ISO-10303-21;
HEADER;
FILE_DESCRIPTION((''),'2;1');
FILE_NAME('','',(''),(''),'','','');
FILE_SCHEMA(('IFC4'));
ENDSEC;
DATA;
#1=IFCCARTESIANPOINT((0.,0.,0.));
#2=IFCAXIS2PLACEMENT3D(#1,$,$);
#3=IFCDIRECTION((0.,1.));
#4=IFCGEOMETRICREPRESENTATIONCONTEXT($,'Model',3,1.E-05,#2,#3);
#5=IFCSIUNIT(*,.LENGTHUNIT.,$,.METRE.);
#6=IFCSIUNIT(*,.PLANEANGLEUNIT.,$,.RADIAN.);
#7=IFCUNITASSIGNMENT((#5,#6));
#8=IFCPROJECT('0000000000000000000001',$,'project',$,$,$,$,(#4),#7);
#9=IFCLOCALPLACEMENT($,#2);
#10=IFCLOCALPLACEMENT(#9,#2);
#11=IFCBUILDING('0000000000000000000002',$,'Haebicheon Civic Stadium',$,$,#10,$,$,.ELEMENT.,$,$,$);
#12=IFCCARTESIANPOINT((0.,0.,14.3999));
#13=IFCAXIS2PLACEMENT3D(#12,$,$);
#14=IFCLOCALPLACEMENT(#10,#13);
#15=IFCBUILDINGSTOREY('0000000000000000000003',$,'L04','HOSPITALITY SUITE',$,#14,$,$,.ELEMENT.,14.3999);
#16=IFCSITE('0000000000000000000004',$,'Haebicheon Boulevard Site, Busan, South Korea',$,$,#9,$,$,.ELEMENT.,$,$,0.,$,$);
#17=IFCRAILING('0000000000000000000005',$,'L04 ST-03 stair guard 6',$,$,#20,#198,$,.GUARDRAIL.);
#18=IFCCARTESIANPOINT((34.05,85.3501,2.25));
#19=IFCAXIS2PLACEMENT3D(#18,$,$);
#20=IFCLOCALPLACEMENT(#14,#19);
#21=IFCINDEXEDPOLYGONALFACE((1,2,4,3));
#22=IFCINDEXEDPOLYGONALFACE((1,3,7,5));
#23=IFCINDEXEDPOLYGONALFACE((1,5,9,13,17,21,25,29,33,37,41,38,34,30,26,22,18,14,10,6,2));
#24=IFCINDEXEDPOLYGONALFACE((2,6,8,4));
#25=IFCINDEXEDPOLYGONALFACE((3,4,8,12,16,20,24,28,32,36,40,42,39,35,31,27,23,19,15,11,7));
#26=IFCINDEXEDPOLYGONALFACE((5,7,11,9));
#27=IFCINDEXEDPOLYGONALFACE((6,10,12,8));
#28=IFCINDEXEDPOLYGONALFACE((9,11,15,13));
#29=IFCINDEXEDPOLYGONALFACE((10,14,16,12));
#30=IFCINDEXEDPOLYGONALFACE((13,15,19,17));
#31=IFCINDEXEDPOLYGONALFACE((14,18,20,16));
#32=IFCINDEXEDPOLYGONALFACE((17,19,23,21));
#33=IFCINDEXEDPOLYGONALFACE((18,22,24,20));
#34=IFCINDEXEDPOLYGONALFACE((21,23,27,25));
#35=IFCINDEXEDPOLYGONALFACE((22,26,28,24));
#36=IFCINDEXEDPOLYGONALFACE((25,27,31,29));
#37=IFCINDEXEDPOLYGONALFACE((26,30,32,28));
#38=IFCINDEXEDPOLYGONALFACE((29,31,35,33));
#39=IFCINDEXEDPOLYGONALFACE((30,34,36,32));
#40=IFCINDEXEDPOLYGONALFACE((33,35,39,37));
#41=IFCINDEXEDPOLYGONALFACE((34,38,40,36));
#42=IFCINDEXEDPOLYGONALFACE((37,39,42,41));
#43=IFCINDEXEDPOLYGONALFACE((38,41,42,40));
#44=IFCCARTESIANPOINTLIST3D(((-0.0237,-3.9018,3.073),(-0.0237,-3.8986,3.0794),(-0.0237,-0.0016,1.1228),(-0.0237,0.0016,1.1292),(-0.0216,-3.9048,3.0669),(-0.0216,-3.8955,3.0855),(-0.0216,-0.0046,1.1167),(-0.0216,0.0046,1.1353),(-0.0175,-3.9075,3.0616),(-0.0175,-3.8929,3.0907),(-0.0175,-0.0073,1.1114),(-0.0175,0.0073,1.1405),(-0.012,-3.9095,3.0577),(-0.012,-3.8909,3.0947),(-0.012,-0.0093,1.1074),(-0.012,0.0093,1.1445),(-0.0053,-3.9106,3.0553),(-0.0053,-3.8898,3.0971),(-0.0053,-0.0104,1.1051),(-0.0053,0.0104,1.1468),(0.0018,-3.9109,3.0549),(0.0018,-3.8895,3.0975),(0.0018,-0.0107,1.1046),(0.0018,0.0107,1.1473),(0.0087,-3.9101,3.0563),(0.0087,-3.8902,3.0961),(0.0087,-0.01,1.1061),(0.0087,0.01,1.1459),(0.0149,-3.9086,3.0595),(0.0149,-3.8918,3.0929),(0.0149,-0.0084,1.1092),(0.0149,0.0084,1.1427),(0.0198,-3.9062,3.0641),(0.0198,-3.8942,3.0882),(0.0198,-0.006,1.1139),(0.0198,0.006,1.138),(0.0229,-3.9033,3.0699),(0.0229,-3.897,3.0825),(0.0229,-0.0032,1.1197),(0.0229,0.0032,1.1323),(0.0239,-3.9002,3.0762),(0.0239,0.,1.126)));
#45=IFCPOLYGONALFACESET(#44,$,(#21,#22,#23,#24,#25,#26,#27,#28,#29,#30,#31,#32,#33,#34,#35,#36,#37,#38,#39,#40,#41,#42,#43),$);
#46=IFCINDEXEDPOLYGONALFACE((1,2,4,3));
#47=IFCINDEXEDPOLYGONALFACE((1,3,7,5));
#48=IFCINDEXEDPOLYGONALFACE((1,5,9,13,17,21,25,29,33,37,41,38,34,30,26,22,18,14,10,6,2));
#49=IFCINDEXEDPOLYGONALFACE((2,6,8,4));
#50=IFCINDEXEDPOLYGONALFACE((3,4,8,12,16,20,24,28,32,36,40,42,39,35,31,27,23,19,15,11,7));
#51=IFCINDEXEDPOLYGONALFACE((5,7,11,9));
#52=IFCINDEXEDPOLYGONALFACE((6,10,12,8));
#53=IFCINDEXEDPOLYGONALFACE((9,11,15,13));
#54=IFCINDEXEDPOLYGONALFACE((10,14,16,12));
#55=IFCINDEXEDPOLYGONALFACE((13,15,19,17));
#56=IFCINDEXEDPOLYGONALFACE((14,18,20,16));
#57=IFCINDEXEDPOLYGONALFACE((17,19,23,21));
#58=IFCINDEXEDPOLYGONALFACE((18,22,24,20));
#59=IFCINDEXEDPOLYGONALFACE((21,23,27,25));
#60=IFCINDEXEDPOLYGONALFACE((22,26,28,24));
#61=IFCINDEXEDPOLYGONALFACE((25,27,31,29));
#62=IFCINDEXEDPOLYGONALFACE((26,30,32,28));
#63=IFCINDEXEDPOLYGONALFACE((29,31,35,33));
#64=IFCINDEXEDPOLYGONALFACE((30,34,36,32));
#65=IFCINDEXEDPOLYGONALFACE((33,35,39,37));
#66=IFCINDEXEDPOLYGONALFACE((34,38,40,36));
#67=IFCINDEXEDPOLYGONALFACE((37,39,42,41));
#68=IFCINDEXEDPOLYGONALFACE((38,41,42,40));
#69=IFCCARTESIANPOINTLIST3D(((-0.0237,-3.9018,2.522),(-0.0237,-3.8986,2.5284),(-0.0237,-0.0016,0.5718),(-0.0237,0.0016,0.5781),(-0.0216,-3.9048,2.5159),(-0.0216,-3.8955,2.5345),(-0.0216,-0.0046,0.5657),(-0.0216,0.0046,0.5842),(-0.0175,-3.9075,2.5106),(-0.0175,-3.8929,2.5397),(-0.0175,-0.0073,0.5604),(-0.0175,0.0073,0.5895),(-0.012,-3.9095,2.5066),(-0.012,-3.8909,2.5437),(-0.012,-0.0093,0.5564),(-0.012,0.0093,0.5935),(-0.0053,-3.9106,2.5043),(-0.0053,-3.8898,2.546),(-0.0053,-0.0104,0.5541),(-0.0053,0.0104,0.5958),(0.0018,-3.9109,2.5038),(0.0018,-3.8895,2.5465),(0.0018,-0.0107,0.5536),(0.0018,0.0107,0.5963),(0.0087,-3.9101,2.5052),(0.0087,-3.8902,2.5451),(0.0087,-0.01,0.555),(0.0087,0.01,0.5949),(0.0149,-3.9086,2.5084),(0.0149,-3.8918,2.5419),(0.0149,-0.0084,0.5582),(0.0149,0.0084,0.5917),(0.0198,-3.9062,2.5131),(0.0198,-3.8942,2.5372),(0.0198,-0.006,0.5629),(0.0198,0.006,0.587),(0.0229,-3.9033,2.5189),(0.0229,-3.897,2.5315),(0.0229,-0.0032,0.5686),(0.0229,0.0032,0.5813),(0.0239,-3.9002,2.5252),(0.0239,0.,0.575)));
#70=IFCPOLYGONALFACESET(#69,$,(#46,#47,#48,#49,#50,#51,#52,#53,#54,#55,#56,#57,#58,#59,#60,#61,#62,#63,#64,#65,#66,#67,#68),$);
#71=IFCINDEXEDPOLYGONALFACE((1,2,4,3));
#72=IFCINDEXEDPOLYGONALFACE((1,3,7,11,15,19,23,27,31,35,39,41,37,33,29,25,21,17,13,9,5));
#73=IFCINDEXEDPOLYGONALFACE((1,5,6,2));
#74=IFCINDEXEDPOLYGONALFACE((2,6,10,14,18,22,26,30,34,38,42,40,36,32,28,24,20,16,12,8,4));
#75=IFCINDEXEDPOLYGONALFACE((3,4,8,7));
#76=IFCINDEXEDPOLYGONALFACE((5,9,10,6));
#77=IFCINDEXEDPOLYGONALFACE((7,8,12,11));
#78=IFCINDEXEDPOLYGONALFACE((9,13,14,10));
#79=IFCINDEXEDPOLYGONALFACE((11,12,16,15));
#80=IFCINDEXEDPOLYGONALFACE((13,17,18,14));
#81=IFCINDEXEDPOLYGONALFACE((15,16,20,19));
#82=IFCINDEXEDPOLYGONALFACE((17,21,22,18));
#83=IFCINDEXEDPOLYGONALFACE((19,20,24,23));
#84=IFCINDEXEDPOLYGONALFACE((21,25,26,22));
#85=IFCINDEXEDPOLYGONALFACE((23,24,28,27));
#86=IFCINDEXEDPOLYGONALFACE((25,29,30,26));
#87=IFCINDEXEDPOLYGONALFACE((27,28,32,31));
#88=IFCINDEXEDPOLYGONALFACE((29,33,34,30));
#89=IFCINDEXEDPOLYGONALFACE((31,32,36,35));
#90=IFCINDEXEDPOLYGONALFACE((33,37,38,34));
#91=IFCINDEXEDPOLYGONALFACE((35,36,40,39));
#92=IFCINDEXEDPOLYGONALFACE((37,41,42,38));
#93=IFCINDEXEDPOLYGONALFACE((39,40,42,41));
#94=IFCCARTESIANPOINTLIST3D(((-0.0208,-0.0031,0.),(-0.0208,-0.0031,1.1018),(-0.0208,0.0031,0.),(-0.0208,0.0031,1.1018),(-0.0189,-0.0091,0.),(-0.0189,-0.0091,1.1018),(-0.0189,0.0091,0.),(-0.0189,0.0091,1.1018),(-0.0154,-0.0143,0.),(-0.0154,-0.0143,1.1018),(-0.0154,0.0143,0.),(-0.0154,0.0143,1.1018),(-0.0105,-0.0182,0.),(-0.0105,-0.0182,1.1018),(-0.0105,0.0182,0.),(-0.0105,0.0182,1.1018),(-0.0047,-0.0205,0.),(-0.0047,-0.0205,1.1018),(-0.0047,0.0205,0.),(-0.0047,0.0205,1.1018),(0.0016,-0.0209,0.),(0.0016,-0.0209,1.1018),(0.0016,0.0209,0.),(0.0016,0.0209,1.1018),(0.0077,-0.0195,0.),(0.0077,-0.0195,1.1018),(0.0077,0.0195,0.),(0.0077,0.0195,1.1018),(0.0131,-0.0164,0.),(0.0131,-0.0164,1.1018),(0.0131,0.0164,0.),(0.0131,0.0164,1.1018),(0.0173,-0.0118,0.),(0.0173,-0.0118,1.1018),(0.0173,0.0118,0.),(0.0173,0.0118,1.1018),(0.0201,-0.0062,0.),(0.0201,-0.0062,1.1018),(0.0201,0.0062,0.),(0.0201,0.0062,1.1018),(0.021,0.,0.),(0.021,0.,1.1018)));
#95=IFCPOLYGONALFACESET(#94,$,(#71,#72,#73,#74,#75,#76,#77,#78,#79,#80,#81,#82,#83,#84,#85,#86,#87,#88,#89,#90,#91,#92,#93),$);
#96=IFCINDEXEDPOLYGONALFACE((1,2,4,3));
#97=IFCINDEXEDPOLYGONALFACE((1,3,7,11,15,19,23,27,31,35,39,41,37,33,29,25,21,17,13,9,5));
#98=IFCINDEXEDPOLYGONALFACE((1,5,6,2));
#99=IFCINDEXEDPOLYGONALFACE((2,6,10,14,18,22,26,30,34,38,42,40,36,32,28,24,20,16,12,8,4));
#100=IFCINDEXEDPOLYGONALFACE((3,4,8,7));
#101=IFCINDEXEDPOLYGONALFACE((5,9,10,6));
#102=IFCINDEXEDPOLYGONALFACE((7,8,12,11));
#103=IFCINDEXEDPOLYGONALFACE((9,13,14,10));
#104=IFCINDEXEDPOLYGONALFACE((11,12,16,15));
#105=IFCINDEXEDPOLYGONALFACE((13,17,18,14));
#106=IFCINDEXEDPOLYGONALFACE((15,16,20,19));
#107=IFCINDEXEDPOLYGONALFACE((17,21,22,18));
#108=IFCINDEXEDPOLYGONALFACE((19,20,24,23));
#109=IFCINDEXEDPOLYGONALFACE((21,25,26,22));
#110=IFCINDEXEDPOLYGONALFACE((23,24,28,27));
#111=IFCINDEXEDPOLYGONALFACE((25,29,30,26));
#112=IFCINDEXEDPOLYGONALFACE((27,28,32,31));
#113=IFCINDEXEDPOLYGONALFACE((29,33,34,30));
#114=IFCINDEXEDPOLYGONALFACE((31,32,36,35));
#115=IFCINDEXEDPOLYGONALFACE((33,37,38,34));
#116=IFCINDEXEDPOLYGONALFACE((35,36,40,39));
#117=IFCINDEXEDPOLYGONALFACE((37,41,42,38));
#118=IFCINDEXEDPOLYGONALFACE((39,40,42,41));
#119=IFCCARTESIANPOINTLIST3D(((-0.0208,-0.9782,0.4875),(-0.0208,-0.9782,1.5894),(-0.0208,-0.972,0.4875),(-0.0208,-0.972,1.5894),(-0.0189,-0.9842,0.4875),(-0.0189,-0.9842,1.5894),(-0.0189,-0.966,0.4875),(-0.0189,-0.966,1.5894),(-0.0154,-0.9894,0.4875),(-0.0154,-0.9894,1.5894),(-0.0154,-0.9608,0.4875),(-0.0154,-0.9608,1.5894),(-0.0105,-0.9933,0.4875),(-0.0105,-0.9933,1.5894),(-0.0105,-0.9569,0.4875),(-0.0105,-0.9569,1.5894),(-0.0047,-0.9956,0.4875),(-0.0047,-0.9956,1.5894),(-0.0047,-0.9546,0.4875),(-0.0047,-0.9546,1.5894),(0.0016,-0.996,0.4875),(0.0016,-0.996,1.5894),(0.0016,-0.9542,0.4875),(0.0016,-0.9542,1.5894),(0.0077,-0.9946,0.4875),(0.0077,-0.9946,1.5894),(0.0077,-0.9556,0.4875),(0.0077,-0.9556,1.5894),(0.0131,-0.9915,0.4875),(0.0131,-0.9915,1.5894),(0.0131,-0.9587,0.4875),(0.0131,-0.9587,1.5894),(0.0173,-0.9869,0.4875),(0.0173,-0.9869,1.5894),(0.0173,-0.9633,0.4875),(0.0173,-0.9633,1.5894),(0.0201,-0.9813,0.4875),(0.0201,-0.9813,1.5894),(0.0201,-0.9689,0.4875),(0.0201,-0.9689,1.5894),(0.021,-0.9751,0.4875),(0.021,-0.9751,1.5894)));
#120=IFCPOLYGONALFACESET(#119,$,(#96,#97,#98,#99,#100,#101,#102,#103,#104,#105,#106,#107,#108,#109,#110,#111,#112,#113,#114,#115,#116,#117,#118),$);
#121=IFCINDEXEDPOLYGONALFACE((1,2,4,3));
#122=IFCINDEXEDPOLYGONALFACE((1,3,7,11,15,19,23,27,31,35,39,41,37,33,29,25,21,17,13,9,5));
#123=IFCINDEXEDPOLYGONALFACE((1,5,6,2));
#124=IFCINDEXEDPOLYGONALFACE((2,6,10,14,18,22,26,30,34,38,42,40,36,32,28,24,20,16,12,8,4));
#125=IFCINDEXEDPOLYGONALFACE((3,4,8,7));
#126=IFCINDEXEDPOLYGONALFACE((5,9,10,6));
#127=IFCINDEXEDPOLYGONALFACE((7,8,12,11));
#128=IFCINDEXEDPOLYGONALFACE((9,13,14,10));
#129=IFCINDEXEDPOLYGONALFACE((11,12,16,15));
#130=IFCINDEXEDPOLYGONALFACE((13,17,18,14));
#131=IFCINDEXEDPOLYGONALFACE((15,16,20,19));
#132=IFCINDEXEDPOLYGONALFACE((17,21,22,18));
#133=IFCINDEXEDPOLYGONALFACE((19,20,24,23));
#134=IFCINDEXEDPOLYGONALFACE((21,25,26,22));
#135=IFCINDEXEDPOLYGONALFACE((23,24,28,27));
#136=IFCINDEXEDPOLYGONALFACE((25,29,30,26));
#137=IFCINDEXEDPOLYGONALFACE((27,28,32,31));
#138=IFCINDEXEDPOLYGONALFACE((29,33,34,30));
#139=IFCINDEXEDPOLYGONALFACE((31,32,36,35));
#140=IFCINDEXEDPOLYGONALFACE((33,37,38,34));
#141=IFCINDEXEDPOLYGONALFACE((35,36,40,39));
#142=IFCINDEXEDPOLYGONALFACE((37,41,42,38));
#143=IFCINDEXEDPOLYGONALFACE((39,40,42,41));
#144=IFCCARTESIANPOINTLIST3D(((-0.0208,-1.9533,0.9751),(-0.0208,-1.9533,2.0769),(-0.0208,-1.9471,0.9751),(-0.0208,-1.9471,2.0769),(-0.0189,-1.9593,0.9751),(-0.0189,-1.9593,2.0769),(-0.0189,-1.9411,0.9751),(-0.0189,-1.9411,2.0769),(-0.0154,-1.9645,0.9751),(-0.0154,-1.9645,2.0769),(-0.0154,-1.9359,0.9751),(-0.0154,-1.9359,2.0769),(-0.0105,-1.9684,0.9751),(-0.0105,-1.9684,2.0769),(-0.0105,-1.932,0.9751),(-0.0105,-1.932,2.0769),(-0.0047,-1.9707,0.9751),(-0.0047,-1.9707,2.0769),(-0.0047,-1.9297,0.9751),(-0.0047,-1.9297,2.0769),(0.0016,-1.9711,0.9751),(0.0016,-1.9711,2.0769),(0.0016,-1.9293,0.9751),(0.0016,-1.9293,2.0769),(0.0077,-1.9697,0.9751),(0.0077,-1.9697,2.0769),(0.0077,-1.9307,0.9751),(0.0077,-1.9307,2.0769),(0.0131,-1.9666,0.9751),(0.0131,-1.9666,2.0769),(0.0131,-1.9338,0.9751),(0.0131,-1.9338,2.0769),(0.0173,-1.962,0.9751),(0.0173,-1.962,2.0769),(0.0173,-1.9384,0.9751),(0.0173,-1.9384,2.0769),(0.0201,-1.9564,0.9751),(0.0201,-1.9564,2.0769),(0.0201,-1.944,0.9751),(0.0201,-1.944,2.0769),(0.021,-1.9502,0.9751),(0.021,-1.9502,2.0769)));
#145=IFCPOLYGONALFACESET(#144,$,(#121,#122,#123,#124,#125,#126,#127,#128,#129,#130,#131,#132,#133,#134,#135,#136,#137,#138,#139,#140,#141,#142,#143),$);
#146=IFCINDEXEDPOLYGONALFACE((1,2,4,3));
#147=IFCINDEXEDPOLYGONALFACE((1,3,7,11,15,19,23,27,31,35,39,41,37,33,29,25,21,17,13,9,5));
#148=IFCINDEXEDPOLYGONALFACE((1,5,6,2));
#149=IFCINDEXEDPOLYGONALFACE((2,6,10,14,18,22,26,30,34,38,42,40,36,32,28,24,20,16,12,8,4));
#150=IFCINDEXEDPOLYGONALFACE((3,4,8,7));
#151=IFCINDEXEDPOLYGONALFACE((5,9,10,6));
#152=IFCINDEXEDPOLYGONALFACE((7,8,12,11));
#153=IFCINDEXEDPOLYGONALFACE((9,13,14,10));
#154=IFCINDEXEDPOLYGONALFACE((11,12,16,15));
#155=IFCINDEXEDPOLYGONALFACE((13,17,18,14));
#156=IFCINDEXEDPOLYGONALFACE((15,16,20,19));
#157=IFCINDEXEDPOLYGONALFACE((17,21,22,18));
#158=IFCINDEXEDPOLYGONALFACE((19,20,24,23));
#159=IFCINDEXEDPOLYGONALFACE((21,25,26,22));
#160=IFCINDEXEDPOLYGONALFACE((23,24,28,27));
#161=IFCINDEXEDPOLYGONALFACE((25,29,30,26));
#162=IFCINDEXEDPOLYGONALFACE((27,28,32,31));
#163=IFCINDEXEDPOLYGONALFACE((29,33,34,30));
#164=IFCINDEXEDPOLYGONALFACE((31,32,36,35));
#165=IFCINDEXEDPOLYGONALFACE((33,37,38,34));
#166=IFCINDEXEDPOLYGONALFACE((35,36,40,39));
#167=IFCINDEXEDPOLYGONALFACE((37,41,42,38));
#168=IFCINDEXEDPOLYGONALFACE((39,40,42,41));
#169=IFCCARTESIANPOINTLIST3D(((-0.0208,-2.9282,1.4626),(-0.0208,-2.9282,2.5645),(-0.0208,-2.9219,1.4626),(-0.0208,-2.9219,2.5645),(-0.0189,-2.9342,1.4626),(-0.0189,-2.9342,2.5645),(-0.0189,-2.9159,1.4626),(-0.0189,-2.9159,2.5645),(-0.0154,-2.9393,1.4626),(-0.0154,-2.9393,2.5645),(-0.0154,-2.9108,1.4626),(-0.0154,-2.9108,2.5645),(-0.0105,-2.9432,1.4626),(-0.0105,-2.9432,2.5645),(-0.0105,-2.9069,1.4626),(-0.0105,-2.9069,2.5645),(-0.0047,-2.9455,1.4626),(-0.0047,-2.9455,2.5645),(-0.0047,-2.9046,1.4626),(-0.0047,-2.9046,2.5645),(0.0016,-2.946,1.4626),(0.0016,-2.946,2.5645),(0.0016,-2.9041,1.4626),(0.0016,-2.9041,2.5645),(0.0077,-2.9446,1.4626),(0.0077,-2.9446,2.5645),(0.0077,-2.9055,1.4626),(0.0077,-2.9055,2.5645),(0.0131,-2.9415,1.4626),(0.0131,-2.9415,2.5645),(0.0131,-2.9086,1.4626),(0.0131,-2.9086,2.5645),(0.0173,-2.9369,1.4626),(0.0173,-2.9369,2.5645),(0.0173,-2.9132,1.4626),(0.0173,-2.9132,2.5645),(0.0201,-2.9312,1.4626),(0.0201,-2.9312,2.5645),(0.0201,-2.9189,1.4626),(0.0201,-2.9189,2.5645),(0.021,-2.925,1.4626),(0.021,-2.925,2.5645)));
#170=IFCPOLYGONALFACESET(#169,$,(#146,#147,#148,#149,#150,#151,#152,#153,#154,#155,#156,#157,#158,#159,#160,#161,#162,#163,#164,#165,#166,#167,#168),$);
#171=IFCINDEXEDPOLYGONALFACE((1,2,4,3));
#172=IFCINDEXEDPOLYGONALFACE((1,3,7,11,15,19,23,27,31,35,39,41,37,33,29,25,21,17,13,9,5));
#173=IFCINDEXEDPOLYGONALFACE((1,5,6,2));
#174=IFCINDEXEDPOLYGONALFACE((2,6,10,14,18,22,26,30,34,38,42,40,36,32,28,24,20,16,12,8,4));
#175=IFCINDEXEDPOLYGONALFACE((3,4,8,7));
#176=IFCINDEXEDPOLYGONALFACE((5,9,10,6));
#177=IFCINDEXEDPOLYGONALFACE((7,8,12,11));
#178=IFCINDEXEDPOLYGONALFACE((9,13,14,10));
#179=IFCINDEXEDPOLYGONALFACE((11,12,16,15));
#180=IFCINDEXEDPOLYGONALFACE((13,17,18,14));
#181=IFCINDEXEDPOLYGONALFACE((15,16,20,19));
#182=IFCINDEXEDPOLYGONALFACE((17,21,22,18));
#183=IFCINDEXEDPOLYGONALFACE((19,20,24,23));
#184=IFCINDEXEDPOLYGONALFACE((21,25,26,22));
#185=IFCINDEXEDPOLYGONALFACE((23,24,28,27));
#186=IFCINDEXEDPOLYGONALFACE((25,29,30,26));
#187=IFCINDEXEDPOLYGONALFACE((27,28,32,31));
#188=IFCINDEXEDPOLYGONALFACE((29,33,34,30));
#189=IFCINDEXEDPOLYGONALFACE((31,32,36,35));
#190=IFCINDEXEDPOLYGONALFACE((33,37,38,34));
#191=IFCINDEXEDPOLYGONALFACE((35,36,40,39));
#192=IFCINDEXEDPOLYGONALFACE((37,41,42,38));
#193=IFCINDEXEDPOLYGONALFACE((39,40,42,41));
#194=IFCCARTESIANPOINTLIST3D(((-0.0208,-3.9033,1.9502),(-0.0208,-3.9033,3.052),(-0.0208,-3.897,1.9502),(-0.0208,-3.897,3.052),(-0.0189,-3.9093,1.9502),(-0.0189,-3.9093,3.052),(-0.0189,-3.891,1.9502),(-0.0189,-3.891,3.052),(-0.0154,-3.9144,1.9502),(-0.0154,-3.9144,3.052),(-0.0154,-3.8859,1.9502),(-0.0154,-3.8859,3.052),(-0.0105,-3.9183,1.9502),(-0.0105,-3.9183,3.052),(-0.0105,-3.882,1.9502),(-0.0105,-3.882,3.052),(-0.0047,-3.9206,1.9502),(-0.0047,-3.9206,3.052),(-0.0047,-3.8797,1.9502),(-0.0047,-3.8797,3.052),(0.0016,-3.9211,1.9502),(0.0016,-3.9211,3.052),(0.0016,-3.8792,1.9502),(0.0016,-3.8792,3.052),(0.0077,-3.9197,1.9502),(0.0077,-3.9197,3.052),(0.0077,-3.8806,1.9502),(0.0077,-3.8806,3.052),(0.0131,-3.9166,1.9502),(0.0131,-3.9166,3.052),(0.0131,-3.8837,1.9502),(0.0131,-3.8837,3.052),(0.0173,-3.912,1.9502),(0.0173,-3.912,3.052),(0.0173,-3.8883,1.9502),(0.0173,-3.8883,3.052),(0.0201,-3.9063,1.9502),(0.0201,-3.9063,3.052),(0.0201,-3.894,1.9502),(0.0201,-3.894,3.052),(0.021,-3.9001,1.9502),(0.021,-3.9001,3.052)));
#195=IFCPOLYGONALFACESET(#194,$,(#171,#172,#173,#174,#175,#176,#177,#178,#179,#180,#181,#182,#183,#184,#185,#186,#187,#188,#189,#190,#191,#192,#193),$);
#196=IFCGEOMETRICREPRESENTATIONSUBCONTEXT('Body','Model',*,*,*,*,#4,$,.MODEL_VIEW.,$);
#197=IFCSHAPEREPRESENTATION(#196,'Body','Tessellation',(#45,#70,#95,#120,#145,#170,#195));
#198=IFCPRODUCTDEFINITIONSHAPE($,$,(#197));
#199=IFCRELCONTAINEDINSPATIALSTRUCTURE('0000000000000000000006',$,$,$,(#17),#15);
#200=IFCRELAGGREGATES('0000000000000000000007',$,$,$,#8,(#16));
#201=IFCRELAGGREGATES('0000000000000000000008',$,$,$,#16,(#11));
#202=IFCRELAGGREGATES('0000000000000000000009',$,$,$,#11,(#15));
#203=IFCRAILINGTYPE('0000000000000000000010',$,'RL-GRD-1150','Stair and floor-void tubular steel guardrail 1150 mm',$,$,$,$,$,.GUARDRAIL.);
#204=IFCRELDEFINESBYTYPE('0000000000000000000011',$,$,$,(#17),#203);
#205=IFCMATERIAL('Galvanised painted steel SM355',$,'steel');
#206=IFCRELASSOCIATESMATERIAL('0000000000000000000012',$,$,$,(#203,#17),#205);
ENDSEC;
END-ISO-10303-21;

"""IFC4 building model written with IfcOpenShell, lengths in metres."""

from ifc_helpers import new_model, si_unit, direction, frame, origin, origin_2d, place, context, subcontext, project, spatial, circle, extrude, material, type_object, element, save


model = new_model("IFC4")

# Units and contexts
model_context = context("Model", 3, precision=1e-05, world=origin(), true_north=direction((0.0, 1.0)))
body_context = subcontext(model_context, "Body", "Model", "MODEL_VIEW")
ifc_project = project(units=[si_unit("LENGTHUNIT", "METRE"), si_unit("PLANEANGLEUNIT", "RADIAN")], contexts=[model_context])

# Site, building, storey
site_placement = place(None, origin())
site = spatial("IfcSite", under=ifc_project, at=site_placement, Name="Haebicheon Boulevard Site, Busan, South Korea", CompositionType="ELEMENT", RefElevation=0.0)
building_placement = place(site_placement, origin())
building = spatial("IfcBuilding", under=site, at=building_placement, Name="Haebicheon Civic Stadium", CompositionType="ELEMENT")
storey_placement = place(building_placement, frame((0.0, 0.0, 14.3999)))
storey = spatial("IfcBuildingStorey", under=building, at=storey_placement, Name="L04", Description="HOSPITALITY SUITE", CompositionType="ELEMENT", Elevation=14.3999)

# Railing
ifc_material_1 = material(Name="Galvanised painted steel SM355", Category="steel")
railing_type_1 = type_object("IfcRailingType", Name="RL-GRD-1150", Description="Stair and floor-void tubular steel guardrail 1150 mm", PredefinedType="GUARDRAIL", material=ifc_material_1)
railing_1_placement = place(storey_placement, frame((34.05, 85.3501, 2.25)))
element("IfcRailing", 1, at=railing_1_placement, inside=storey, type_object=railing_type_1, material=ifc_material_1, Name="L04 ST-03 stair guard 6", PredefinedType="GUARDRAIL", context=body_context, shape_type="SweptSolid", body=[
    extrude(circle(Radius=0.0239, at=origin_2d()), frame((0.0, 0.0, 1.126), z_axis=(0.0, -0.894416, 0.447236), x_axis=(1.0, 0.0, 0.0)), (0.0, 0.0, 1.0), 4.3606),
    extrude(circle(Radius=0.0239, at=origin_2d()), frame((0.0, 0.0, 0.575), z_axis=(0.0, -0.894416, 0.447236), x_axis=(1.0, 0.0, 0.0)), (0.0, 0.0, 1.0), 4.3606),
    extrude(circle(Radius=0.021, at=origin_2d()), origin(), (0.0, 0.0, 1.0), 1.1018),
    extrude(circle(Radius=0.021, at=origin_2d()), frame((0.0, -0.9751, 0.4875)), (0.0, 0.0, 1.0), 1.1018),
    extrude(circle(Radius=0.021, at=origin_2d()), frame((0.0, -1.9502, 0.9751)), (0.0, 0.0, 1.0), 1.1018),
    extrude(circle(Radius=0.021, at=origin_2d()), frame((0.0, -2.925, 1.4626)), (0.0, 0.0, 1.0), 1.1018),
    extrude(circle(Radius=0.021, at=origin_2d()), frame((0.0, -3.9001, 1.9502)), (0.0, 0.0, 1.0), 1.1018),
])

save(model, "model.ifc")
